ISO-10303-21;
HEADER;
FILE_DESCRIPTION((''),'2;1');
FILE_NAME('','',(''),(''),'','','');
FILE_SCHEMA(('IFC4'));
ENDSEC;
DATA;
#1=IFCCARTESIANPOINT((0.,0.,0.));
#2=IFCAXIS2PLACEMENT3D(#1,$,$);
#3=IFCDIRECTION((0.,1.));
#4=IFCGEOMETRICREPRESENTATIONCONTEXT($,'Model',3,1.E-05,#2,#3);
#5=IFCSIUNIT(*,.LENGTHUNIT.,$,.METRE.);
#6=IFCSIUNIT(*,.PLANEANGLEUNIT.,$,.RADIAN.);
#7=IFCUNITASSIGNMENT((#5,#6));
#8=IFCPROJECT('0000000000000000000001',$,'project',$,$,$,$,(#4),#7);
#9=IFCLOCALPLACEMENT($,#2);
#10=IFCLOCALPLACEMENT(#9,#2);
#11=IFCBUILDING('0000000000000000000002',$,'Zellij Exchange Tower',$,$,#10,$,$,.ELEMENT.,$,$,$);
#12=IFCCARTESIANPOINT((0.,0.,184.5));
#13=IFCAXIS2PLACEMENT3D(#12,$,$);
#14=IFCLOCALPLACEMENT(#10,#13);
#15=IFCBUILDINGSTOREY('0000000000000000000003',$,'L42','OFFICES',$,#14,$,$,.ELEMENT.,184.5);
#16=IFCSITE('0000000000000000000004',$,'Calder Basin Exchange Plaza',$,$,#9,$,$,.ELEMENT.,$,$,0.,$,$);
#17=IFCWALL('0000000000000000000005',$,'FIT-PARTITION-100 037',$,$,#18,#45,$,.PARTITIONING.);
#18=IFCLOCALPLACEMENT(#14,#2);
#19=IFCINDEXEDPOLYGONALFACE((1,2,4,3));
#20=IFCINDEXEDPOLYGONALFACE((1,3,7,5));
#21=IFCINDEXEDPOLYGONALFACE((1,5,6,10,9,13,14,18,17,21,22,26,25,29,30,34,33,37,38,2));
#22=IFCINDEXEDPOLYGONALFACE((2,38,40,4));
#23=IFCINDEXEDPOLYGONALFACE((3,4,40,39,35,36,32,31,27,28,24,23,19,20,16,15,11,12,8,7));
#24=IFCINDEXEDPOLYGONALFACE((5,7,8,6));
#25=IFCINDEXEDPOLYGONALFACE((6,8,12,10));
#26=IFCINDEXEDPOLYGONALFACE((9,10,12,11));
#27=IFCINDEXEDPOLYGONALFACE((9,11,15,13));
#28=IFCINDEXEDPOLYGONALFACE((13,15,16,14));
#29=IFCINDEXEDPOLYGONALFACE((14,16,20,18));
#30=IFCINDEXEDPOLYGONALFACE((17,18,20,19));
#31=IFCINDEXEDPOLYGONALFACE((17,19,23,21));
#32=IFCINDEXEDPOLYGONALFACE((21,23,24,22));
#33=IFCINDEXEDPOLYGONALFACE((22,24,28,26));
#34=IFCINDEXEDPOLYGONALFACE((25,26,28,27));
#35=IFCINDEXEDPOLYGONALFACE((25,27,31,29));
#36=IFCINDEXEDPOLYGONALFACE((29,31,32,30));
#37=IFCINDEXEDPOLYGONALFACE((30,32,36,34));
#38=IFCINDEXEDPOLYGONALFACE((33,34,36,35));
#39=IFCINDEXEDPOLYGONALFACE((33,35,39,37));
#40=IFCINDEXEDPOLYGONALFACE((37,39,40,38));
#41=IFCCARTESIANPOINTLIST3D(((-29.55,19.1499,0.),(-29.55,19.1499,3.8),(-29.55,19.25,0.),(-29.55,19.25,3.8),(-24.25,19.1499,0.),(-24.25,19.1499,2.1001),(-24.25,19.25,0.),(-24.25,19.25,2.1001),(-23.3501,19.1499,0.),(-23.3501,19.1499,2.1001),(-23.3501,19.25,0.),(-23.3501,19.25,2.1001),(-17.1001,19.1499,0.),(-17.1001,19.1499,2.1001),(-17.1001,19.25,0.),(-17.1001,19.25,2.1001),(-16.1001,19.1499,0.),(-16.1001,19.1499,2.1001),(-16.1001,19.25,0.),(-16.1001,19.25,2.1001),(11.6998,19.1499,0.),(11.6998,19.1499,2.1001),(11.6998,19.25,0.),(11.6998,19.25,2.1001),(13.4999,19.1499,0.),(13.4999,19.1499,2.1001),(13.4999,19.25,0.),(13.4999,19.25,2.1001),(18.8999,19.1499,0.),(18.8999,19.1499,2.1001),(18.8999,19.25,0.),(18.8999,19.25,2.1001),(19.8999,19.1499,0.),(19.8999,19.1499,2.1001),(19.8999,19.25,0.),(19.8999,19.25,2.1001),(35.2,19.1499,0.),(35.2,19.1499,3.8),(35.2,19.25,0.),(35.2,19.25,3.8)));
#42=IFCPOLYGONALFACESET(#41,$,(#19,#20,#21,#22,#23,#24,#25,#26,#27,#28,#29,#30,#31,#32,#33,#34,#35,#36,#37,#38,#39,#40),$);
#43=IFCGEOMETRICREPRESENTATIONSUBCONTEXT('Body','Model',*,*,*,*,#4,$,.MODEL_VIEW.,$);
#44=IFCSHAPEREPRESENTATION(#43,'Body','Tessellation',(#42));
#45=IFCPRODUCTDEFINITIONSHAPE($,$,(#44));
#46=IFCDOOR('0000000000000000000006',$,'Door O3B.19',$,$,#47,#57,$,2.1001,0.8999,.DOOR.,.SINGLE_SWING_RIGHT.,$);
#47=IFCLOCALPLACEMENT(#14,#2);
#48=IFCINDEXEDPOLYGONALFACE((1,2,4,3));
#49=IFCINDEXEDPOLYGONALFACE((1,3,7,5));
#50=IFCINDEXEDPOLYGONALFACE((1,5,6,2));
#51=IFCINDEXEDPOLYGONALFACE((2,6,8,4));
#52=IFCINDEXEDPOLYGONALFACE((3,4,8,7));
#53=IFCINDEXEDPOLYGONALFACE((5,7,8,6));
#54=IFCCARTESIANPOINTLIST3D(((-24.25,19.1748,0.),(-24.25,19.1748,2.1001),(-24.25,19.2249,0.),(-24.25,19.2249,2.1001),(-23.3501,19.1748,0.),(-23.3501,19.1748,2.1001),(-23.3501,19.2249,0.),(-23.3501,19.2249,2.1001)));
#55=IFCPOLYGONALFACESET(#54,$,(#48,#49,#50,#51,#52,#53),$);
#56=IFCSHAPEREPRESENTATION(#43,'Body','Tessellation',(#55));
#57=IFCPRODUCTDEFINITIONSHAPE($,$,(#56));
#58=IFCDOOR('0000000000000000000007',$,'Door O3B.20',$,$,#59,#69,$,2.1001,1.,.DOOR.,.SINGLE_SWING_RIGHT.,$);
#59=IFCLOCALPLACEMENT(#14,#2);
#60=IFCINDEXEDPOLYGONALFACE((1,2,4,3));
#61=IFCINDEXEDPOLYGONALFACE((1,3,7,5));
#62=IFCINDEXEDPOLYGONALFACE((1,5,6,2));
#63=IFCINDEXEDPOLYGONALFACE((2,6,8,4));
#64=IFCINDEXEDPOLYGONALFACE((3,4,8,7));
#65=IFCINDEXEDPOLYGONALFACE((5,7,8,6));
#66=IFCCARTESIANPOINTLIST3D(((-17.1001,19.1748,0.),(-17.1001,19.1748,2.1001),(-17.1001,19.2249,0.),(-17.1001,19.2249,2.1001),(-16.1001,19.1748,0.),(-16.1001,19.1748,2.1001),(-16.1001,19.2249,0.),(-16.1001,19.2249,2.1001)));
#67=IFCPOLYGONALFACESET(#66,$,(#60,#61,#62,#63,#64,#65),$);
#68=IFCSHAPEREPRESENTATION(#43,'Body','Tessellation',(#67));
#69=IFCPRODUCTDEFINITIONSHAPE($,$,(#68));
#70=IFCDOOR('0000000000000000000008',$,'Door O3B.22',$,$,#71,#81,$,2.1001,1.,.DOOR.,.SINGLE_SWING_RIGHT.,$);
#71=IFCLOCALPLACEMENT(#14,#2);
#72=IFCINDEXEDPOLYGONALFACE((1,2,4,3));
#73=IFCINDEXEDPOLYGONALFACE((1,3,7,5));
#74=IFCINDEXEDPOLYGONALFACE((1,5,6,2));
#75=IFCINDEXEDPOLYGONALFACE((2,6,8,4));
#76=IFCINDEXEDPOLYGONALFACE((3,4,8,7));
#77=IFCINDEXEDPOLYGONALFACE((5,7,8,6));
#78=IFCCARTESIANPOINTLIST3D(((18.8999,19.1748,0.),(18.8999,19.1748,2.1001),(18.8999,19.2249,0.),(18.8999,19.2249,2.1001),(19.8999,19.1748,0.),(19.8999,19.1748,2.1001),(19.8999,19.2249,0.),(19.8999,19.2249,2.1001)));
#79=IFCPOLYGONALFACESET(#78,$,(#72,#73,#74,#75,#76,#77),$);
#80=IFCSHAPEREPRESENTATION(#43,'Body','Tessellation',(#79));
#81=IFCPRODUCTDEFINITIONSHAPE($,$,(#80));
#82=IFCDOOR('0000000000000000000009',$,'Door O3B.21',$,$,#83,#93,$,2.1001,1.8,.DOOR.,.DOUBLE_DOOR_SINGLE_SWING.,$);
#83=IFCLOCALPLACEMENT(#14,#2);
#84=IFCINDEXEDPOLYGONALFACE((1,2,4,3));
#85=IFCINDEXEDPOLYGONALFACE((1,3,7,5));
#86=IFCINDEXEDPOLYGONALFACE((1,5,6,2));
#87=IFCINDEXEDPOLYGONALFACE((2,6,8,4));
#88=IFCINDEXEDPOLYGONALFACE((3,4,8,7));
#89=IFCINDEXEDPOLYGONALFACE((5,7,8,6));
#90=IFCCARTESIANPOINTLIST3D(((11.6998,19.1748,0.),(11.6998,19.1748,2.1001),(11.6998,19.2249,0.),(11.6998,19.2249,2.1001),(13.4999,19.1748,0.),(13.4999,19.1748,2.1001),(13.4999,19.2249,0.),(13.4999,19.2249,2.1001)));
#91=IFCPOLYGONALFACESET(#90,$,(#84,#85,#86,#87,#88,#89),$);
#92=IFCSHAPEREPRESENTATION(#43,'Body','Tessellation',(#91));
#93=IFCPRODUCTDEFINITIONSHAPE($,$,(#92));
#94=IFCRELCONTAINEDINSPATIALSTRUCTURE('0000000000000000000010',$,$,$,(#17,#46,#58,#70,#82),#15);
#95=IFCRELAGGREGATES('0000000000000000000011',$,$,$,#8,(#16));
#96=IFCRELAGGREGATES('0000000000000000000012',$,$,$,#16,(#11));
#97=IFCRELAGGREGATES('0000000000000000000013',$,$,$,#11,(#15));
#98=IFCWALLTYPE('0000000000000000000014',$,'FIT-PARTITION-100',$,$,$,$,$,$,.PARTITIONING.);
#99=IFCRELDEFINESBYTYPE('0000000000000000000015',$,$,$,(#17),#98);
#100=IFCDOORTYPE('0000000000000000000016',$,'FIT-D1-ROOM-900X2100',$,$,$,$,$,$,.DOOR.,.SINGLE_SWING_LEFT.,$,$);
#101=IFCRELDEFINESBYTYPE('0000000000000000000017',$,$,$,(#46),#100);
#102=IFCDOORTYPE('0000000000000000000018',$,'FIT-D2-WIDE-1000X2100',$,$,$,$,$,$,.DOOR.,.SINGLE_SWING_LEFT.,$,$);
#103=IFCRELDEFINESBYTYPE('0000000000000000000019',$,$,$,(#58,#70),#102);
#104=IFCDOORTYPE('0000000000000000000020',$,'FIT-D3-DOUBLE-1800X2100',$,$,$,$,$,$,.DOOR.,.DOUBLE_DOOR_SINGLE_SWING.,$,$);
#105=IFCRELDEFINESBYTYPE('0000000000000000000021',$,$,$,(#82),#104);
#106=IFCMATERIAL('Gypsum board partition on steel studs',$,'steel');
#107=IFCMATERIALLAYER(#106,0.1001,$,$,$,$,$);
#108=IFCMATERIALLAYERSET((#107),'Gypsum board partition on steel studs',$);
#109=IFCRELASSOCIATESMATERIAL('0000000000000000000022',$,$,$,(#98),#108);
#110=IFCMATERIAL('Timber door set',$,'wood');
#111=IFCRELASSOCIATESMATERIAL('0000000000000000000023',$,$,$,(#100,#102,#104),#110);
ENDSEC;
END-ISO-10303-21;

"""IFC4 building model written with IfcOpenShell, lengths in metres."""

from ifc_helpers import new_model, si_unit, direction, frame, frame_2d, origin, place, context, subcontext, project, spatial, rectangle, extrude, material, layer, layer_set, type_object, element, fill, save


model = new_model("IFC4")

# Units and contexts
model_context = context("Model", 3, precision=1e-05, world=origin(), true_north=direction((0.0, 1.0)))
body_context = subcontext(model_context, "Body", "Model", "MODEL_VIEW")
ifc_project = project(units=[si_unit("LENGTHUNIT", "METRE"), si_unit("PLANEANGLEUNIT", "RADIAN")], contexts=[model_context])

# Site, building, storey
site_placement = place(None, origin())
site = spatial("IfcSite", under=ifc_project, at=site_placement, Name="Calder Basin Exchange Plaza", CompositionType="ELEMENT", RefElevation=0.0)
building_placement = place(site_placement, origin())
building = spatial("IfcBuilding", under=site, at=building_placement, Name="Zellij Exchange Tower", CompositionType="ELEMENT")
storey_placement = place(building_placement, frame((0.0, 0.0, 184.5)))
storey = spatial("IfcBuildingStorey", under=building, at=storey_placement, Name="L42", Description="OFFICES", CompositionType="ELEMENT", Elevation=184.5)

# Shared definitions
ifc_material_1 = material(Name="Gypsum board partition on steel studs", Category="steel")
ifc_layer = layer(ifc_material_1, 0.1001)
ifc_layer_set = layer_set([ifc_layer], Name="Gypsum board partition on steel studs")
wall_type = type_object("IfcWallType", Name="FIT-PARTITION-100", PredefinedType="PARTITIONING", material=ifc_layer_set)

# Wall, openings, doors
ifc_material_2 = material(Name="Timber door set", Category="wood")
door_type_1 = type_object("IfcDoorType", Name="FIT-D1-ROOM-900X2100", OperationType="SINGLE_SWING_LEFT", PredefinedType="DOOR", material=ifc_material_2)
wall_1_placement = place(storey_placement, frame((-29.55, 19.2, 0.0), z_axis=(0.0, 0.0, 1.0), x_axis=(1.0, 0.0, 0.0)))
wall_1 = element("IfcWall", 1, at=wall_1_placement, inside=storey, type_object=wall_type, Name="FIT-PARTITION-100 037", PredefinedType="PARTITIONING", context=body_context, shape_type="SweptSolid", body=[
    extrude(rectangle(XDim=64.75, YDim=0.1001, at=frame_2d((32.375, 0.0))), origin(), (0.0, 0.0, 1.0), 3.8),
])
opening_1_placement = place(wall_1_placement, frame((5.3, 0.0, 0.0)))
opening_1 = element("IfcOpeningElement", 2, at=opening_1_placement, cuts=wall_1, PredefinedType="OPENING", context=body_context, shape_type="SweptSolid", body=[
    extrude(rectangle(XDim=0.8999, YDim=2.1001, at=frame_2d((0.45, 1.05))), frame((0.0, 0.062, 0.0), z_axis=(0.0, -1.0, 0.0), x_axis=(1.0, 0.0, 0.0)), (0.0, 0.0, 1.0), 0.124),
])
opening_2_placement = place(wall_1_placement, frame((12.45, 0.0, 0.0)))
opening_2 = element("IfcOpeningElement", 3, at=opening_2_placement, cuts=wall_1, PredefinedType="OPENING", context=body_context, shape_type="SweptSolid", body=[
    extrude(rectangle(XDim=1.0, YDim=2.1001, at=frame_2d((0.5, 1.05))), frame((0.0, 0.062, 0.0), z_axis=(0.0, -1.0, 0.0), x_axis=(1.0, 0.0, 0.0)), (0.0, 0.0, 1.0), 0.124),
])
opening_3_placement = place(wall_1_placement, frame((41.25, 0.0, 0.0)))
opening_3 = element("IfcOpeningElement", 4, at=opening_3_placement, cuts=wall_1, PredefinedType="OPENING", context=body_context, shape_type="SweptSolid", body=[
    extrude(rectangle(XDim=1.8, YDim=2.1001, at=frame_2d((0.8999, 1.05))), frame((0.0, 0.062, 0.0), z_axis=(0.0, -1.0, 0.0), x_axis=(1.0, 0.0, 0.0)), (0.0, 0.0, 1.0), 0.124),
])
opening_4_placement = place(wall_1_placement, frame((48.45, 0.0, 0.0)))
opening_4 = element("IfcOpeningElement", 5, at=opening_4_placement, cuts=wall_1, PredefinedType="OPENING", context=body_context, shape_type="SweptSolid", body=[
    extrude(rectangle(XDim=1.0, YDim=2.1001, at=frame_2d((0.5, 1.05))), frame((0.0, 0.062, 0.0), z_axis=(0.0, -1.0, 0.0), x_axis=(1.0, 0.0, 0.0)), (0.0, 0.0, 1.0), 0.124),
])
door_1_placement = place(opening_1_placement, origin())
door_1 = element("IfcDoor", 6, at=door_1_placement, inside=storey, type_object=door_type_1, Name="Door O3B.19", OperationType="SINGLE_SWING_RIGHT", OverallHeight=2.1001, OverallWidth=0.8999, PredefinedType="DOOR", context=body_context, shape_type="SweptSolid", body=[
    extrude(rectangle(XDim=0.8999, YDim=2.1001, at=frame_2d((0.45, 1.05))), frame((0.0, 0.0249, 0.0), z_axis=(0.0, -1.0, 0.0), x_axis=(1.0, 0.0, 0.0)), (0.0, 0.0, 1.0), 0.05),
])
fill(opening_1, door_1)
door_type_2 = type_object("IfcDoorType", Name="FIT-D2-WIDE-1000X2100", OperationType="SINGLE_SWING_LEFT", PredefinedType="DOOR", material=ifc_material_2)
door_2_placement = place(opening_2_placement, origin())
door_2 = element("IfcDoor", 7, at=door_2_placement, inside=storey, type_object=door_type_2, Name="Door O3B.20", OperationType="SINGLE_SWING_RIGHT", OverallHeight=2.1001, OverallWidth=1.0, PredefinedType="DOOR", context=body_context, shape_type="SweptSolid", body=[
    extrude(rectangle(XDim=1.0, YDim=2.1001, at=frame_2d((0.5, 1.05))), frame((0.0, 0.0249, 0.0), z_axis=(0.0, -1.0, 0.0), x_axis=(1.0, 0.0, 0.0)), (0.0, 0.0, 1.0), 0.05),
])
fill(opening_2, door_2)
door_3_placement = place(opening_4_placement, origin())
door_3 = element("IfcDoor", 8, at=door_3_placement, inside=storey, type_object=door_type_2, Name="Door O3B.22", OperationType="SINGLE_SWING_RIGHT", OverallHeight=2.1001, OverallWidth=1.0, PredefinedType="DOOR", context=body_context, shape_type="SweptSolid", body=[
    extrude(rectangle(XDim=1.0, YDim=2.1001, at=frame_2d((0.5, 1.05))), frame((0.0, 0.0249, 0.0), z_axis=(0.0, -1.0, 0.0), x_axis=(1.0, 0.0, 0.0)), (0.0, 0.0, 1.0), 0.05),
])
fill(opening_4, door_3)
door_type_3 = type_object("IfcDoorType", Name="FIT-D3-DOUBLE-1800X2100", OperationType="DOUBLE_DOOR_SINGLE_SWING", PredefinedType="DOOR", material=ifc_material_2)
door_4_placement = place(opening_3_placement, origin())
door_4 = element("IfcDoor", 9, at=door_4_placement, inside=storey, type_object=door_type_3, Name="Door O3B.21", OperationType="DOUBLE_DOOR_SINGLE_SWING", OverallHeight=2.1001, OverallWidth=1.8, PredefinedType="DOOR", context=body_context, shape_type="SweptSolid", body=[
    extrude(rectangle(XDim=1.8, YDim=2.1001, at=frame_2d((0.8999, 1.05))), frame((0.0, 0.0249, 0.0), z_axis=(0.0, -1.0, 0.0), x_axis=(1.0, 0.0, 0.0)), (0.0, 0.0, 1.0), 0.05),
])
fill(opening_3, door_4)

save(model, "model.ifc")
